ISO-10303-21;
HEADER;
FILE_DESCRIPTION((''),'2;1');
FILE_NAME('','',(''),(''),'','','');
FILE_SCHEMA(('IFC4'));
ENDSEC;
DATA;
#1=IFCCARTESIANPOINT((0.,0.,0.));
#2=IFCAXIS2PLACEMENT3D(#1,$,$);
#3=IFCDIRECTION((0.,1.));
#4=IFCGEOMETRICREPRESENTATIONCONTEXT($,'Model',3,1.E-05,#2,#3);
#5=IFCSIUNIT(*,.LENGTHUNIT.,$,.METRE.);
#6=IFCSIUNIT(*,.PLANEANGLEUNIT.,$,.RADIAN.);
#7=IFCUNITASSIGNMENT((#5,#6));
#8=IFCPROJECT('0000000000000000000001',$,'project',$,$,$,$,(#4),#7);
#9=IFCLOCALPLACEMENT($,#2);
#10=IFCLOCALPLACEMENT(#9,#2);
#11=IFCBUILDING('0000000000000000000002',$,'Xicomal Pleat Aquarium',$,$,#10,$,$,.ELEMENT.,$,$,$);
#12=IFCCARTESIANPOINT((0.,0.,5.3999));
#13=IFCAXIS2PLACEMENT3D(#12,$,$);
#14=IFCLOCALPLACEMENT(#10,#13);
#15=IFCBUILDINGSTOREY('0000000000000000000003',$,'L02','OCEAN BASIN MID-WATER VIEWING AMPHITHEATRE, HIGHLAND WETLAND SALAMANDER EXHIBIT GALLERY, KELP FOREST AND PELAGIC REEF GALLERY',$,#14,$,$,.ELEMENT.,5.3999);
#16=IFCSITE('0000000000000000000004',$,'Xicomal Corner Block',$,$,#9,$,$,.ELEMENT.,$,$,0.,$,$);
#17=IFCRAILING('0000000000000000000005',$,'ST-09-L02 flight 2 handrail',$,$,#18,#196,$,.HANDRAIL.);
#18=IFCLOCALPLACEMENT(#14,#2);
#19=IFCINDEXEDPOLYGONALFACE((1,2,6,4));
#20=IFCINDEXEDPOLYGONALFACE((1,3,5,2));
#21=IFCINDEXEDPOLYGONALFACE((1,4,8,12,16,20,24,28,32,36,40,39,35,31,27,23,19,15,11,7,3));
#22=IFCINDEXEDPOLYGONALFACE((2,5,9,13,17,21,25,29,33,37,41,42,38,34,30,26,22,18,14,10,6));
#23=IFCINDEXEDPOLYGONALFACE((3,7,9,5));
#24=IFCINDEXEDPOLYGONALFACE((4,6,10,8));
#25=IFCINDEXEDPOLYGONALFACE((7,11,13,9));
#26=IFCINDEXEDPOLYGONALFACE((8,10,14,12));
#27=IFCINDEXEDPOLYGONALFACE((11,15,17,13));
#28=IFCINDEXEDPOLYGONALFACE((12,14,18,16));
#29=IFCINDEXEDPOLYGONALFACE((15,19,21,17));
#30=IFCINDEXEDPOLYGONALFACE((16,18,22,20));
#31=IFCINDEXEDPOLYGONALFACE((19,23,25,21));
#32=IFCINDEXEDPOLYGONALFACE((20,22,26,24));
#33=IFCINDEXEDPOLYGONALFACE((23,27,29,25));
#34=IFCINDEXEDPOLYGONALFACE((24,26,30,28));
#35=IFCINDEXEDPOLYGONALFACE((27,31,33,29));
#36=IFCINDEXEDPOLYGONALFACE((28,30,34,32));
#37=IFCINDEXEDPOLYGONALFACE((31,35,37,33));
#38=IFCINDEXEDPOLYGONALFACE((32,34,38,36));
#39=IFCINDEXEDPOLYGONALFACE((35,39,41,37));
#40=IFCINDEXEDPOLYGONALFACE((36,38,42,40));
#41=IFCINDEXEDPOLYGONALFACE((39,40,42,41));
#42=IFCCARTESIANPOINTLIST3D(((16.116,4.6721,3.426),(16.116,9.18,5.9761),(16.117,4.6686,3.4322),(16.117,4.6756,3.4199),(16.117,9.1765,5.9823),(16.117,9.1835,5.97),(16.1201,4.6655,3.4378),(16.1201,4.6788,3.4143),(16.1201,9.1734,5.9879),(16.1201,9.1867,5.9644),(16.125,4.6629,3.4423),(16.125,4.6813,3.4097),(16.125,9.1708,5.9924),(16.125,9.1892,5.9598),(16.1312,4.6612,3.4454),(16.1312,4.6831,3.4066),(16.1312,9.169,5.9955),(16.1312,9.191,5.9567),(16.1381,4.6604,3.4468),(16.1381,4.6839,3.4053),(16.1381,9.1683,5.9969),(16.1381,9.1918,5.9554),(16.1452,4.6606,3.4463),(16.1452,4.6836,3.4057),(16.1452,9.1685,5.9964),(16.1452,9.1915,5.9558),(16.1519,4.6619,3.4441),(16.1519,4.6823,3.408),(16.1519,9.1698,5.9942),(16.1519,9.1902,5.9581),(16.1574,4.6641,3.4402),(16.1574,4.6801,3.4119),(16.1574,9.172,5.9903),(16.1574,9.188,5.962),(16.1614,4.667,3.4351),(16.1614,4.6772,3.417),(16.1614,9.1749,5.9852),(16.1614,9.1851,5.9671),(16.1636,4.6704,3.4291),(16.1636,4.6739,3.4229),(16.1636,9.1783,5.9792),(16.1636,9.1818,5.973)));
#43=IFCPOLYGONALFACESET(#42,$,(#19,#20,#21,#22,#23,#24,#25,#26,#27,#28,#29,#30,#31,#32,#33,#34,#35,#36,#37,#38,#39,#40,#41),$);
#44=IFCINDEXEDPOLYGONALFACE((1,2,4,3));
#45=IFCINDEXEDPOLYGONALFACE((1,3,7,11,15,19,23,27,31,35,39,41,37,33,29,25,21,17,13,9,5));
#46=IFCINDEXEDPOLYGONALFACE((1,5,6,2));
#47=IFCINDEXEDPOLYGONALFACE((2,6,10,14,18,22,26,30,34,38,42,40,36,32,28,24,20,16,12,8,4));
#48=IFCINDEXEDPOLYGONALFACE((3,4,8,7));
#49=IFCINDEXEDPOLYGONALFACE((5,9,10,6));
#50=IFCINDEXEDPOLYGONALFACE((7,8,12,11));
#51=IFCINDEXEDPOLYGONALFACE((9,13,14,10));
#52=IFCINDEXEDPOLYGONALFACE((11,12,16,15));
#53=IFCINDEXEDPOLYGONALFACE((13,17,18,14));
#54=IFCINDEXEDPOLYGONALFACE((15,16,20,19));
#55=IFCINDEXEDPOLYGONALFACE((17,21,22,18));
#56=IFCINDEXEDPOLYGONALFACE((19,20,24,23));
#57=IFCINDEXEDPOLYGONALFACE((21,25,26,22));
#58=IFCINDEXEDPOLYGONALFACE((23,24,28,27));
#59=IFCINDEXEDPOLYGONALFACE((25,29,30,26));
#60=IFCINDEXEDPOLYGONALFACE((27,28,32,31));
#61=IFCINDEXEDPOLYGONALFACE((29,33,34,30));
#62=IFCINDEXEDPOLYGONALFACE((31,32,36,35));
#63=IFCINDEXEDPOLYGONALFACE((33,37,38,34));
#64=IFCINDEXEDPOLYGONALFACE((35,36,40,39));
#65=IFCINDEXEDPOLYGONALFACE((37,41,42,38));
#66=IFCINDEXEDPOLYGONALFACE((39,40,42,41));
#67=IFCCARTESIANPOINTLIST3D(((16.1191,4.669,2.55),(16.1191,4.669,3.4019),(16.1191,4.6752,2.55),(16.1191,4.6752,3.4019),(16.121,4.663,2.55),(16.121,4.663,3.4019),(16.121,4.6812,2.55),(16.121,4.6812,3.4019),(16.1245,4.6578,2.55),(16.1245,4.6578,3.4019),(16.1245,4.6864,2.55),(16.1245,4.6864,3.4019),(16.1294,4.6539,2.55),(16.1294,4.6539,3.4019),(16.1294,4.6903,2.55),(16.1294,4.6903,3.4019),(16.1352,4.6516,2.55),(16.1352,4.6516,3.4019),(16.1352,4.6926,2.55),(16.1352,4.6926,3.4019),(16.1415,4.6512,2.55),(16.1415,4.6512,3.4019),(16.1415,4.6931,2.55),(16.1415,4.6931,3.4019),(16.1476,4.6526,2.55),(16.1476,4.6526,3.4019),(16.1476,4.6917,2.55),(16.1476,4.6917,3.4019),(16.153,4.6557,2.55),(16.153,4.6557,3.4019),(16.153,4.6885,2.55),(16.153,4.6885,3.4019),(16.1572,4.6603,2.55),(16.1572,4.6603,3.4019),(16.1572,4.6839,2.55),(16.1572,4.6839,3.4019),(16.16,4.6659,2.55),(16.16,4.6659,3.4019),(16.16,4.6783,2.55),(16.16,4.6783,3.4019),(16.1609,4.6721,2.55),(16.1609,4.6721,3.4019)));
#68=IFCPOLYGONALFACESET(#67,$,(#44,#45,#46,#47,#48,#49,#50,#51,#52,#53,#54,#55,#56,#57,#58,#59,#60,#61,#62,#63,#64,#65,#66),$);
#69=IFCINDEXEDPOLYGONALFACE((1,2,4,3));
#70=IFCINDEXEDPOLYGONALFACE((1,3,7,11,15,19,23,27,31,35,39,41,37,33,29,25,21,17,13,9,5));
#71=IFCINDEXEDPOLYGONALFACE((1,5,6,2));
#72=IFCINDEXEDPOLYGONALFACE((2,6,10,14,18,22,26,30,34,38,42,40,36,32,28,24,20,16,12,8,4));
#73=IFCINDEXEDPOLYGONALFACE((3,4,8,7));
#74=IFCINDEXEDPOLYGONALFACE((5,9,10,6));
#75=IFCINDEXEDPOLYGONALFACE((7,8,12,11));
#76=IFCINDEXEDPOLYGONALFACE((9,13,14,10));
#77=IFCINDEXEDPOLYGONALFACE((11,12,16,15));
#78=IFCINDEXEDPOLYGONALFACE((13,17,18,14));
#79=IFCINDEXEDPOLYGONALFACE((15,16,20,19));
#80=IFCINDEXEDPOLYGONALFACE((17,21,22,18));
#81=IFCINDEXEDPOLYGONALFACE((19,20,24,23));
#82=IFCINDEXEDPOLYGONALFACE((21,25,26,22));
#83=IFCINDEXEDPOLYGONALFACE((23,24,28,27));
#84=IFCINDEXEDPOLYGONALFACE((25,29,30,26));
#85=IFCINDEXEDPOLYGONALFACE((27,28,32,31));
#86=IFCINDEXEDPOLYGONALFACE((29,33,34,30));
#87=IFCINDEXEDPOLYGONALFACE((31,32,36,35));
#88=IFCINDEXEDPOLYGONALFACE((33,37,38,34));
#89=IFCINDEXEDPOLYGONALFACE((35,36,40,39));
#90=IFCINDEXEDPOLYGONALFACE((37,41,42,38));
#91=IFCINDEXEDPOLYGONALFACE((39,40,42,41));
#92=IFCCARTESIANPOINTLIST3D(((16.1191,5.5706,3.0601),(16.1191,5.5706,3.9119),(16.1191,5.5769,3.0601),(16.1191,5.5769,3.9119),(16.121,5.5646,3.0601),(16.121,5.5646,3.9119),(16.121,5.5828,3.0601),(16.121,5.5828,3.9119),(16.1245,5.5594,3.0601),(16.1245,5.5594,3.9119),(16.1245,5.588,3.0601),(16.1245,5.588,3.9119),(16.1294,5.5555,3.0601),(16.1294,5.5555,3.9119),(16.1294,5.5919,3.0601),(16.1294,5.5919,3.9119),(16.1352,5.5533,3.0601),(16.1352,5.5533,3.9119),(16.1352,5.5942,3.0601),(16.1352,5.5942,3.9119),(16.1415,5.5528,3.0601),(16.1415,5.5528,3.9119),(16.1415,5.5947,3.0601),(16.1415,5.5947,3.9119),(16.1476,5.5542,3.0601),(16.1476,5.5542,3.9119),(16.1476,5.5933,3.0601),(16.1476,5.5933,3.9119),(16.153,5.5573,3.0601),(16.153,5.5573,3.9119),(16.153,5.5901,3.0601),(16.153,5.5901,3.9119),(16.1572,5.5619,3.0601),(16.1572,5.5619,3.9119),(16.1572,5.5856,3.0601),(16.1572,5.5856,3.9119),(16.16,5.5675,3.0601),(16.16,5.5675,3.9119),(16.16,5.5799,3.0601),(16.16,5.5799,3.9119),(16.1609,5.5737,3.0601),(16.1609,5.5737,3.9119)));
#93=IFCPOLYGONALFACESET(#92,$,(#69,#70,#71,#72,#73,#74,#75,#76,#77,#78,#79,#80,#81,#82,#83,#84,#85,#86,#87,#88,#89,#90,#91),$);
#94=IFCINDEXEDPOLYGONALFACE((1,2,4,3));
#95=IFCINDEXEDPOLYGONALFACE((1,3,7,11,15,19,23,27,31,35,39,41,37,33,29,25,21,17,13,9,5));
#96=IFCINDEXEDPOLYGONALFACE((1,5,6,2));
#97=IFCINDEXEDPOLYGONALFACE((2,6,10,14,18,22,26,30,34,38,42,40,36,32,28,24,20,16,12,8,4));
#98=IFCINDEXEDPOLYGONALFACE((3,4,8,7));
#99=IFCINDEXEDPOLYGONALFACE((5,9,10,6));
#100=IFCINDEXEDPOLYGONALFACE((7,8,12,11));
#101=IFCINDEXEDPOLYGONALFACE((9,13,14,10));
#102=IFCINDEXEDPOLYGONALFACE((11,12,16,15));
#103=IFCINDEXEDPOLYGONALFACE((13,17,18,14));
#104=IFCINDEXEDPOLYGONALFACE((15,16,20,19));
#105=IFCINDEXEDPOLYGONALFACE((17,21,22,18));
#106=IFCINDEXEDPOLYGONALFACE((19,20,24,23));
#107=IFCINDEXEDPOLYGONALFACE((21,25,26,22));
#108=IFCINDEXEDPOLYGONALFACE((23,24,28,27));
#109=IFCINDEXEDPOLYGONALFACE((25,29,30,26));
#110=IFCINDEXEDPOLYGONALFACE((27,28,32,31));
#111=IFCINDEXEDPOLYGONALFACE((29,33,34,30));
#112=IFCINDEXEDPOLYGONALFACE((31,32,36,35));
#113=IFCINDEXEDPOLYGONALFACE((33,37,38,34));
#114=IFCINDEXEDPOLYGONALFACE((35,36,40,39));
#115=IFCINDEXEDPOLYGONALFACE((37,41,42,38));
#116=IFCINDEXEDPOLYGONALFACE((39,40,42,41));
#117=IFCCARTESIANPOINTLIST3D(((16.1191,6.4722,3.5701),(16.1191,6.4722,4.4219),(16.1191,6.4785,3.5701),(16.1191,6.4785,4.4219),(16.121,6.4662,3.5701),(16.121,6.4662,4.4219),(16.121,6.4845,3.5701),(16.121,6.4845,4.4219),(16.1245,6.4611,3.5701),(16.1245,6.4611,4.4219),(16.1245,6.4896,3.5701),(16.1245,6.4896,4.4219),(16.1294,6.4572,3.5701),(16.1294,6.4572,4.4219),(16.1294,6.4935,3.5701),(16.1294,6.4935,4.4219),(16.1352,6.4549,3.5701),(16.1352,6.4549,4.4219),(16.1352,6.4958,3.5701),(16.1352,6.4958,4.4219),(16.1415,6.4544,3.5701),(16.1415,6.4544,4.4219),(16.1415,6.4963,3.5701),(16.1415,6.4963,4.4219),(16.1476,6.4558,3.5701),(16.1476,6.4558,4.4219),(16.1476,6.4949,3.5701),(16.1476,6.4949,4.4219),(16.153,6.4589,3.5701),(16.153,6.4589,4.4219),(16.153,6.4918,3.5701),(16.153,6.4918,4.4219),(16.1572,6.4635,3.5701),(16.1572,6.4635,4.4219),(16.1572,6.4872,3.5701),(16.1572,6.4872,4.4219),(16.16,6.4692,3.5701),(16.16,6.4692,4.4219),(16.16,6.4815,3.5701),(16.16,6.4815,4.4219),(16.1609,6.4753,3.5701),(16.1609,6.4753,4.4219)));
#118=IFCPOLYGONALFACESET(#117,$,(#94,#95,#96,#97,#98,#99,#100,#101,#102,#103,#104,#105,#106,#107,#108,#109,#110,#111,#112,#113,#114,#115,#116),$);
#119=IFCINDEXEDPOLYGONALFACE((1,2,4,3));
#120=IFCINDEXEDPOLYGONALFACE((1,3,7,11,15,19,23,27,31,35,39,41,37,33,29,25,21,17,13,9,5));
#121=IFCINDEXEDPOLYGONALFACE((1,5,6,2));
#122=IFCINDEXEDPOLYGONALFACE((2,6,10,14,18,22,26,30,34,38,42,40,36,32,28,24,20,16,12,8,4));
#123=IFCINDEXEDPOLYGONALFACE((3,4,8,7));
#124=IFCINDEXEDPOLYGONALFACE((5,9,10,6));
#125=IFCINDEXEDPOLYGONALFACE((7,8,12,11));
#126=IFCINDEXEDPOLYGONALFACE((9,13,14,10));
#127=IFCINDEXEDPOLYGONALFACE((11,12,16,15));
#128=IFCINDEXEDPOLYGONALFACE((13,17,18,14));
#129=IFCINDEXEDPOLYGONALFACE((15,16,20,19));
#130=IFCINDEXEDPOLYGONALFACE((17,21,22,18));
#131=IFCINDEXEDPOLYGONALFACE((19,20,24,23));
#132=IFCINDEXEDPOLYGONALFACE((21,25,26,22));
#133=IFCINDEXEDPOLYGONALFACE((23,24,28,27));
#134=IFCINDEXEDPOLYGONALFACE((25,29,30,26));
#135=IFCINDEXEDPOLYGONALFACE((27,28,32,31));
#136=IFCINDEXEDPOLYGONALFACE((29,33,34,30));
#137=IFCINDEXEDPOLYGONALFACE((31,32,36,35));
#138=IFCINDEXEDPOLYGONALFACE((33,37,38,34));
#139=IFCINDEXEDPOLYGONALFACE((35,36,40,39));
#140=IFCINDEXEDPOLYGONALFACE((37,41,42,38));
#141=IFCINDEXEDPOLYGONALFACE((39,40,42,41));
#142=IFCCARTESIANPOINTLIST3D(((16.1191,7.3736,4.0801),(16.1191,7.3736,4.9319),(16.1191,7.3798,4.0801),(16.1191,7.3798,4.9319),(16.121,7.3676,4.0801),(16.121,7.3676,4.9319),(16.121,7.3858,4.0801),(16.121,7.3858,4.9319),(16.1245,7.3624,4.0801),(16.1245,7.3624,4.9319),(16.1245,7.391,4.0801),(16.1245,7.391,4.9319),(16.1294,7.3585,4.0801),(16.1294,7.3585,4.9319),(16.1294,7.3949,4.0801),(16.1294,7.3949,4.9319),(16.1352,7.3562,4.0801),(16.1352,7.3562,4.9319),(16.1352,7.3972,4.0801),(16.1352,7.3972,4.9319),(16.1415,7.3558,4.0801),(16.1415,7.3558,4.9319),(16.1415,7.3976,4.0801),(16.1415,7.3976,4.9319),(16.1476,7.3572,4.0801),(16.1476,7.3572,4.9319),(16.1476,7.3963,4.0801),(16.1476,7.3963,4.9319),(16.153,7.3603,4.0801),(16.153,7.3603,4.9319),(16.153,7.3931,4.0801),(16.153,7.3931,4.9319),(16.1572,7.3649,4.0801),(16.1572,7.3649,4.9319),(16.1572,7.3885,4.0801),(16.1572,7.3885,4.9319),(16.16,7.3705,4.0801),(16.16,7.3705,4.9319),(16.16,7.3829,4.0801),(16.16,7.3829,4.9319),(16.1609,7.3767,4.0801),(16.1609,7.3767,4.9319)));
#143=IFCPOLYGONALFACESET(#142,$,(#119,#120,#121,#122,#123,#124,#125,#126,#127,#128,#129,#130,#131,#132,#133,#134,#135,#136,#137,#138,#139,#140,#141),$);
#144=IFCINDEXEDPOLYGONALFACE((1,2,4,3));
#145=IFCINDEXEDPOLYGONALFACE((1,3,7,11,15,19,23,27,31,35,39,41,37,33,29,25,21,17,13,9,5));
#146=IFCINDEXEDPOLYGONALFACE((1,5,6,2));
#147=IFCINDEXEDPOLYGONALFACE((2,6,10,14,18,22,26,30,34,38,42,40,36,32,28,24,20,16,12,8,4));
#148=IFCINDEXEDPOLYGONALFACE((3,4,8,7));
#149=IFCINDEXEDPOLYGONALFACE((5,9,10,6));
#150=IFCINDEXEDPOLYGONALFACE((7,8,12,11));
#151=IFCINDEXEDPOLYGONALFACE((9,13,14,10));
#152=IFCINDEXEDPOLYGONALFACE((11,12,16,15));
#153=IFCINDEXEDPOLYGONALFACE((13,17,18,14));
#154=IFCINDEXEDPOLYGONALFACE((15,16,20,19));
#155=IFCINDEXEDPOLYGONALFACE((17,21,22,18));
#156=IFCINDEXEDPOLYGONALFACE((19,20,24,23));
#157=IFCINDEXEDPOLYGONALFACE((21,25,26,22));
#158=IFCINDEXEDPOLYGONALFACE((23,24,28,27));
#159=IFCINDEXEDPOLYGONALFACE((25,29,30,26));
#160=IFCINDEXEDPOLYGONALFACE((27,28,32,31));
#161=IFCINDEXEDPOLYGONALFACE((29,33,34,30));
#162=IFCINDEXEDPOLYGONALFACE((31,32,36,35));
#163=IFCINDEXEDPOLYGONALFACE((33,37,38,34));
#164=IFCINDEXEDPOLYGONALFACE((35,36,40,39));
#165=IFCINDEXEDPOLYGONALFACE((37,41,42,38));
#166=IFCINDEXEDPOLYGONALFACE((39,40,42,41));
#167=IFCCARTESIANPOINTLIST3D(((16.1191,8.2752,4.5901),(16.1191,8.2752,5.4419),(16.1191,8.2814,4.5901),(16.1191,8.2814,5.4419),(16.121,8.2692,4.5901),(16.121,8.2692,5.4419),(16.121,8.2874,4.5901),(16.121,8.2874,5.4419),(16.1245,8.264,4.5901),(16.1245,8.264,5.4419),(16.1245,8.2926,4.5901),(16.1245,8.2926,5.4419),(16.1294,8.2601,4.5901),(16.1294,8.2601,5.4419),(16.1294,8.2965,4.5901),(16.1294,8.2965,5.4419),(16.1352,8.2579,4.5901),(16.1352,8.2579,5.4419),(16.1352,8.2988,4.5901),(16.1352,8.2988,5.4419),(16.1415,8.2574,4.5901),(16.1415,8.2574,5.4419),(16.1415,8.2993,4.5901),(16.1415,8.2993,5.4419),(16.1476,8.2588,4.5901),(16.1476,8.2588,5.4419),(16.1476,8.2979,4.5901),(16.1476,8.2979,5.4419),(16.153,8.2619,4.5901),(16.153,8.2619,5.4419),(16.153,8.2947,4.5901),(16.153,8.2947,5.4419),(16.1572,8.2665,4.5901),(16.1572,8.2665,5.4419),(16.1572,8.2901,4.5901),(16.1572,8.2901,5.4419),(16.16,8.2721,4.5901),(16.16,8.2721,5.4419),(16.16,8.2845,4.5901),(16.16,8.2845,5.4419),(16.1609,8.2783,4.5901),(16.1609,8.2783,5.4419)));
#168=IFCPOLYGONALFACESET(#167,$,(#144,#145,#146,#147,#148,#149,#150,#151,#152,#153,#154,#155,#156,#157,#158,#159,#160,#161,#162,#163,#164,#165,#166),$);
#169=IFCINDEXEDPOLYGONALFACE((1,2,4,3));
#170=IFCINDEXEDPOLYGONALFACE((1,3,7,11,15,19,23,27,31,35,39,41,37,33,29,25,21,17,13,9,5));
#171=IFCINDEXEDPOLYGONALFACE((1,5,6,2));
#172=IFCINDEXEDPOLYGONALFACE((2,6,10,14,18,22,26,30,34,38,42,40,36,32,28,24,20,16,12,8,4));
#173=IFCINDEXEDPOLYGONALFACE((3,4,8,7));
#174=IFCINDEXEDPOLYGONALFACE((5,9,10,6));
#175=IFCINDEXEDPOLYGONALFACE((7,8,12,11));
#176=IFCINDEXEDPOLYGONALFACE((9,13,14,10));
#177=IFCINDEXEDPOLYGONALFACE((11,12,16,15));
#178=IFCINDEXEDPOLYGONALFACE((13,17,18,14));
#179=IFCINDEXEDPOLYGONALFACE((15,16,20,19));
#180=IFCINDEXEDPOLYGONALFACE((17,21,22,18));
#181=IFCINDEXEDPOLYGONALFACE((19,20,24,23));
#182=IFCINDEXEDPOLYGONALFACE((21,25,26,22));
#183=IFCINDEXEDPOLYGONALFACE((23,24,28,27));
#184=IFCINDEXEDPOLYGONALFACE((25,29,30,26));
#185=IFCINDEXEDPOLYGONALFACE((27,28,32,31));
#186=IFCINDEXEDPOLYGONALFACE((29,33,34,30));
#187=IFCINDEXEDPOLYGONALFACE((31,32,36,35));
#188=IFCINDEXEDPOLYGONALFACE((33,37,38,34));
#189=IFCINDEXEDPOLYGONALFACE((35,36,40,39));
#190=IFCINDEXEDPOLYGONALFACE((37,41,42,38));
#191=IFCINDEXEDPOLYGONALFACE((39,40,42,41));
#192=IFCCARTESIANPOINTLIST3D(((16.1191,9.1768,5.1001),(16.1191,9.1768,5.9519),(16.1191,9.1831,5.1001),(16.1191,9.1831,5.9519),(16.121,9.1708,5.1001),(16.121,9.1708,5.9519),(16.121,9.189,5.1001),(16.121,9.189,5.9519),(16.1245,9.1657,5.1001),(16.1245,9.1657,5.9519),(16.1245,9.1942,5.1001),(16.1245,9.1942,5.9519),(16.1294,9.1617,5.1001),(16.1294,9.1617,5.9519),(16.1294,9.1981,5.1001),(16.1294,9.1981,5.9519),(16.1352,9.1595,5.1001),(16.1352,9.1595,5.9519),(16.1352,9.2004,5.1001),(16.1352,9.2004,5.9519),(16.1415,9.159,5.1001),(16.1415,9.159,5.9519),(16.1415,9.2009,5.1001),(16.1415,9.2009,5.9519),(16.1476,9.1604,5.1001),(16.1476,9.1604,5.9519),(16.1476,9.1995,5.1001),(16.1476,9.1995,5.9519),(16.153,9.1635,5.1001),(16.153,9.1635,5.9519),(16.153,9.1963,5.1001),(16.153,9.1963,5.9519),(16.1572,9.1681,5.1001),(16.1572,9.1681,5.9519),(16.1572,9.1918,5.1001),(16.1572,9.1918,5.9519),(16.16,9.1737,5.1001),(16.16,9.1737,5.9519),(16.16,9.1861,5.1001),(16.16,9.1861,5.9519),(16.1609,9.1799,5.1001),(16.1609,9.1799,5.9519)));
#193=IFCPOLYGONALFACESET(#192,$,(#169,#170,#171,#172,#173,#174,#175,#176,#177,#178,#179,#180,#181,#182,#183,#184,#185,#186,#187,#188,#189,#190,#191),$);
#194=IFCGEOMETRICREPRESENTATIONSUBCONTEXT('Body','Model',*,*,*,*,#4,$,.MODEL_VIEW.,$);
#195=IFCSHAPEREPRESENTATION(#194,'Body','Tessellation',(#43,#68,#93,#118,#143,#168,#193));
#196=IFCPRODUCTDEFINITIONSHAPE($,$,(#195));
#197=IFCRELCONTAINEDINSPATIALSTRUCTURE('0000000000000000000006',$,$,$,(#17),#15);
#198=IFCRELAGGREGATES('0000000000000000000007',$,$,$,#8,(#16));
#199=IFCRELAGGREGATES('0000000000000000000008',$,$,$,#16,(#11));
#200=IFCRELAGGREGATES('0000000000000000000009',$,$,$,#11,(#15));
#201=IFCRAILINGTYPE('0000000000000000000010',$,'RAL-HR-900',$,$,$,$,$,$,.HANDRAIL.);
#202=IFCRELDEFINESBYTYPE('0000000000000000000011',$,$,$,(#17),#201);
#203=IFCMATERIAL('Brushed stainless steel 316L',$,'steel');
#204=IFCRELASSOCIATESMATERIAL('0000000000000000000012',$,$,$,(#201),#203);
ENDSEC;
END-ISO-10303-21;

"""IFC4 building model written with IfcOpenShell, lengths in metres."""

from ifc_helpers import new_model, si_unit, direction, frame, origin, origin_2d, place, context, subcontext, project, spatial, circle, extrude, material, type_object, element, save


model = new_model("IFC4")

# Units and contexts
model_context = context("Model", 3, precision=1e-05, world=origin(), true_north=direction((0.0, 1.0)))
body_context = subcontext(model_context, "Body", "Model", "MODEL_VIEW")
ifc_project = project(units=[si_unit("LENGTHUNIT", "METRE"), si_unit("PLANEANGLEUNIT", "RADIAN")], contexts=[model_context])

# Site, building, storey
site_placement = place(None, origin())
site = spatial("IfcSite", under=ifc_project, at=site_placement, Name="Xicomal Corner Block", CompositionType="ELEMENT", RefElevation=0.0)
building_placement = place(site_placement, origin())
building = spatial("IfcBuilding", under=site, at=building_placement, Name="Xicomal Pleat Aquarium", CompositionType="ELEMENT")
storey_placement = place(building_placement, frame((0.0, 0.0, 5.3999)))
storey = spatial("IfcBuildingStorey", under=building, at=storey_placement, Name="L02", Description="OCEAN BASIN MID-WATER VIEWING AMPHITHEATRE, HIGHLAND WETLAND SALAMANDER EXHIBIT GALLERY, KELP FOREST AND PELAGIC REEF GALLERY", CompositionType="ELEMENT", Elevation=5.3999)

# Railing
ifc_material_1 = material(Name="Brushed stainless steel 316L", Category="steel")
railing_type_1 = type_object("IfcRailingType", Name="RAL-HR-900", PredefinedType="HANDRAIL", material=ifc_material_1)
railing_1_placement = place(storey_placement, frame((16.1399, 4.6721, 2.55)))
element("IfcRailing", 1, at=railing_1_placement, inside=storey, type_object=railing_type_1, Name="ST-09-L02 flight 2 handrail", PredefinedType="HANDRAIL", context=body_context, shape_type="SweptSolid", body=[
    extrude(circle(Radius=0.0239, at=origin_2d()), frame((0.0, 0.0, 0.876), z_axis=(0.0, 0.870385, 0.492373), x_axis=(-1.0, 0.0, 0.0)), (0.0, 0.0, 1.0), 5.1792),
    extrude(circle(Radius=0.021, at=origin_2d()), origin(), (0.0, 0.0, 1.0), 0.8518),
    extrude(circle(Radius=0.021, at=origin_2d()), frame((0.0, 0.9016, 0.51)), (0.0, 0.0, 1.0), 0.8518),
    extrude(circle(Radius=0.021, at=origin_2d()), frame((0.0, 1.8032, 1.02)), (0.0, 0.0, 1.0), 0.8518),
    extrude(circle(Radius=0.021, at=origin_2d()), frame((0.0, 2.7046, 1.53)), (0.0, 0.0, 1.0), 0.8518),
    extrude(circle(Radius=0.021, at=origin_2d()), frame((0.0, 3.6062, 2.04)), (0.0, 0.0, 1.0), 0.8518),
    extrude(circle(Radius=0.021, at=origin_2d()), frame((0.0, 4.5078, 2.55)), (0.0, 0.0, 1.0), 0.8518),
])

save(model, "model.ifc")
